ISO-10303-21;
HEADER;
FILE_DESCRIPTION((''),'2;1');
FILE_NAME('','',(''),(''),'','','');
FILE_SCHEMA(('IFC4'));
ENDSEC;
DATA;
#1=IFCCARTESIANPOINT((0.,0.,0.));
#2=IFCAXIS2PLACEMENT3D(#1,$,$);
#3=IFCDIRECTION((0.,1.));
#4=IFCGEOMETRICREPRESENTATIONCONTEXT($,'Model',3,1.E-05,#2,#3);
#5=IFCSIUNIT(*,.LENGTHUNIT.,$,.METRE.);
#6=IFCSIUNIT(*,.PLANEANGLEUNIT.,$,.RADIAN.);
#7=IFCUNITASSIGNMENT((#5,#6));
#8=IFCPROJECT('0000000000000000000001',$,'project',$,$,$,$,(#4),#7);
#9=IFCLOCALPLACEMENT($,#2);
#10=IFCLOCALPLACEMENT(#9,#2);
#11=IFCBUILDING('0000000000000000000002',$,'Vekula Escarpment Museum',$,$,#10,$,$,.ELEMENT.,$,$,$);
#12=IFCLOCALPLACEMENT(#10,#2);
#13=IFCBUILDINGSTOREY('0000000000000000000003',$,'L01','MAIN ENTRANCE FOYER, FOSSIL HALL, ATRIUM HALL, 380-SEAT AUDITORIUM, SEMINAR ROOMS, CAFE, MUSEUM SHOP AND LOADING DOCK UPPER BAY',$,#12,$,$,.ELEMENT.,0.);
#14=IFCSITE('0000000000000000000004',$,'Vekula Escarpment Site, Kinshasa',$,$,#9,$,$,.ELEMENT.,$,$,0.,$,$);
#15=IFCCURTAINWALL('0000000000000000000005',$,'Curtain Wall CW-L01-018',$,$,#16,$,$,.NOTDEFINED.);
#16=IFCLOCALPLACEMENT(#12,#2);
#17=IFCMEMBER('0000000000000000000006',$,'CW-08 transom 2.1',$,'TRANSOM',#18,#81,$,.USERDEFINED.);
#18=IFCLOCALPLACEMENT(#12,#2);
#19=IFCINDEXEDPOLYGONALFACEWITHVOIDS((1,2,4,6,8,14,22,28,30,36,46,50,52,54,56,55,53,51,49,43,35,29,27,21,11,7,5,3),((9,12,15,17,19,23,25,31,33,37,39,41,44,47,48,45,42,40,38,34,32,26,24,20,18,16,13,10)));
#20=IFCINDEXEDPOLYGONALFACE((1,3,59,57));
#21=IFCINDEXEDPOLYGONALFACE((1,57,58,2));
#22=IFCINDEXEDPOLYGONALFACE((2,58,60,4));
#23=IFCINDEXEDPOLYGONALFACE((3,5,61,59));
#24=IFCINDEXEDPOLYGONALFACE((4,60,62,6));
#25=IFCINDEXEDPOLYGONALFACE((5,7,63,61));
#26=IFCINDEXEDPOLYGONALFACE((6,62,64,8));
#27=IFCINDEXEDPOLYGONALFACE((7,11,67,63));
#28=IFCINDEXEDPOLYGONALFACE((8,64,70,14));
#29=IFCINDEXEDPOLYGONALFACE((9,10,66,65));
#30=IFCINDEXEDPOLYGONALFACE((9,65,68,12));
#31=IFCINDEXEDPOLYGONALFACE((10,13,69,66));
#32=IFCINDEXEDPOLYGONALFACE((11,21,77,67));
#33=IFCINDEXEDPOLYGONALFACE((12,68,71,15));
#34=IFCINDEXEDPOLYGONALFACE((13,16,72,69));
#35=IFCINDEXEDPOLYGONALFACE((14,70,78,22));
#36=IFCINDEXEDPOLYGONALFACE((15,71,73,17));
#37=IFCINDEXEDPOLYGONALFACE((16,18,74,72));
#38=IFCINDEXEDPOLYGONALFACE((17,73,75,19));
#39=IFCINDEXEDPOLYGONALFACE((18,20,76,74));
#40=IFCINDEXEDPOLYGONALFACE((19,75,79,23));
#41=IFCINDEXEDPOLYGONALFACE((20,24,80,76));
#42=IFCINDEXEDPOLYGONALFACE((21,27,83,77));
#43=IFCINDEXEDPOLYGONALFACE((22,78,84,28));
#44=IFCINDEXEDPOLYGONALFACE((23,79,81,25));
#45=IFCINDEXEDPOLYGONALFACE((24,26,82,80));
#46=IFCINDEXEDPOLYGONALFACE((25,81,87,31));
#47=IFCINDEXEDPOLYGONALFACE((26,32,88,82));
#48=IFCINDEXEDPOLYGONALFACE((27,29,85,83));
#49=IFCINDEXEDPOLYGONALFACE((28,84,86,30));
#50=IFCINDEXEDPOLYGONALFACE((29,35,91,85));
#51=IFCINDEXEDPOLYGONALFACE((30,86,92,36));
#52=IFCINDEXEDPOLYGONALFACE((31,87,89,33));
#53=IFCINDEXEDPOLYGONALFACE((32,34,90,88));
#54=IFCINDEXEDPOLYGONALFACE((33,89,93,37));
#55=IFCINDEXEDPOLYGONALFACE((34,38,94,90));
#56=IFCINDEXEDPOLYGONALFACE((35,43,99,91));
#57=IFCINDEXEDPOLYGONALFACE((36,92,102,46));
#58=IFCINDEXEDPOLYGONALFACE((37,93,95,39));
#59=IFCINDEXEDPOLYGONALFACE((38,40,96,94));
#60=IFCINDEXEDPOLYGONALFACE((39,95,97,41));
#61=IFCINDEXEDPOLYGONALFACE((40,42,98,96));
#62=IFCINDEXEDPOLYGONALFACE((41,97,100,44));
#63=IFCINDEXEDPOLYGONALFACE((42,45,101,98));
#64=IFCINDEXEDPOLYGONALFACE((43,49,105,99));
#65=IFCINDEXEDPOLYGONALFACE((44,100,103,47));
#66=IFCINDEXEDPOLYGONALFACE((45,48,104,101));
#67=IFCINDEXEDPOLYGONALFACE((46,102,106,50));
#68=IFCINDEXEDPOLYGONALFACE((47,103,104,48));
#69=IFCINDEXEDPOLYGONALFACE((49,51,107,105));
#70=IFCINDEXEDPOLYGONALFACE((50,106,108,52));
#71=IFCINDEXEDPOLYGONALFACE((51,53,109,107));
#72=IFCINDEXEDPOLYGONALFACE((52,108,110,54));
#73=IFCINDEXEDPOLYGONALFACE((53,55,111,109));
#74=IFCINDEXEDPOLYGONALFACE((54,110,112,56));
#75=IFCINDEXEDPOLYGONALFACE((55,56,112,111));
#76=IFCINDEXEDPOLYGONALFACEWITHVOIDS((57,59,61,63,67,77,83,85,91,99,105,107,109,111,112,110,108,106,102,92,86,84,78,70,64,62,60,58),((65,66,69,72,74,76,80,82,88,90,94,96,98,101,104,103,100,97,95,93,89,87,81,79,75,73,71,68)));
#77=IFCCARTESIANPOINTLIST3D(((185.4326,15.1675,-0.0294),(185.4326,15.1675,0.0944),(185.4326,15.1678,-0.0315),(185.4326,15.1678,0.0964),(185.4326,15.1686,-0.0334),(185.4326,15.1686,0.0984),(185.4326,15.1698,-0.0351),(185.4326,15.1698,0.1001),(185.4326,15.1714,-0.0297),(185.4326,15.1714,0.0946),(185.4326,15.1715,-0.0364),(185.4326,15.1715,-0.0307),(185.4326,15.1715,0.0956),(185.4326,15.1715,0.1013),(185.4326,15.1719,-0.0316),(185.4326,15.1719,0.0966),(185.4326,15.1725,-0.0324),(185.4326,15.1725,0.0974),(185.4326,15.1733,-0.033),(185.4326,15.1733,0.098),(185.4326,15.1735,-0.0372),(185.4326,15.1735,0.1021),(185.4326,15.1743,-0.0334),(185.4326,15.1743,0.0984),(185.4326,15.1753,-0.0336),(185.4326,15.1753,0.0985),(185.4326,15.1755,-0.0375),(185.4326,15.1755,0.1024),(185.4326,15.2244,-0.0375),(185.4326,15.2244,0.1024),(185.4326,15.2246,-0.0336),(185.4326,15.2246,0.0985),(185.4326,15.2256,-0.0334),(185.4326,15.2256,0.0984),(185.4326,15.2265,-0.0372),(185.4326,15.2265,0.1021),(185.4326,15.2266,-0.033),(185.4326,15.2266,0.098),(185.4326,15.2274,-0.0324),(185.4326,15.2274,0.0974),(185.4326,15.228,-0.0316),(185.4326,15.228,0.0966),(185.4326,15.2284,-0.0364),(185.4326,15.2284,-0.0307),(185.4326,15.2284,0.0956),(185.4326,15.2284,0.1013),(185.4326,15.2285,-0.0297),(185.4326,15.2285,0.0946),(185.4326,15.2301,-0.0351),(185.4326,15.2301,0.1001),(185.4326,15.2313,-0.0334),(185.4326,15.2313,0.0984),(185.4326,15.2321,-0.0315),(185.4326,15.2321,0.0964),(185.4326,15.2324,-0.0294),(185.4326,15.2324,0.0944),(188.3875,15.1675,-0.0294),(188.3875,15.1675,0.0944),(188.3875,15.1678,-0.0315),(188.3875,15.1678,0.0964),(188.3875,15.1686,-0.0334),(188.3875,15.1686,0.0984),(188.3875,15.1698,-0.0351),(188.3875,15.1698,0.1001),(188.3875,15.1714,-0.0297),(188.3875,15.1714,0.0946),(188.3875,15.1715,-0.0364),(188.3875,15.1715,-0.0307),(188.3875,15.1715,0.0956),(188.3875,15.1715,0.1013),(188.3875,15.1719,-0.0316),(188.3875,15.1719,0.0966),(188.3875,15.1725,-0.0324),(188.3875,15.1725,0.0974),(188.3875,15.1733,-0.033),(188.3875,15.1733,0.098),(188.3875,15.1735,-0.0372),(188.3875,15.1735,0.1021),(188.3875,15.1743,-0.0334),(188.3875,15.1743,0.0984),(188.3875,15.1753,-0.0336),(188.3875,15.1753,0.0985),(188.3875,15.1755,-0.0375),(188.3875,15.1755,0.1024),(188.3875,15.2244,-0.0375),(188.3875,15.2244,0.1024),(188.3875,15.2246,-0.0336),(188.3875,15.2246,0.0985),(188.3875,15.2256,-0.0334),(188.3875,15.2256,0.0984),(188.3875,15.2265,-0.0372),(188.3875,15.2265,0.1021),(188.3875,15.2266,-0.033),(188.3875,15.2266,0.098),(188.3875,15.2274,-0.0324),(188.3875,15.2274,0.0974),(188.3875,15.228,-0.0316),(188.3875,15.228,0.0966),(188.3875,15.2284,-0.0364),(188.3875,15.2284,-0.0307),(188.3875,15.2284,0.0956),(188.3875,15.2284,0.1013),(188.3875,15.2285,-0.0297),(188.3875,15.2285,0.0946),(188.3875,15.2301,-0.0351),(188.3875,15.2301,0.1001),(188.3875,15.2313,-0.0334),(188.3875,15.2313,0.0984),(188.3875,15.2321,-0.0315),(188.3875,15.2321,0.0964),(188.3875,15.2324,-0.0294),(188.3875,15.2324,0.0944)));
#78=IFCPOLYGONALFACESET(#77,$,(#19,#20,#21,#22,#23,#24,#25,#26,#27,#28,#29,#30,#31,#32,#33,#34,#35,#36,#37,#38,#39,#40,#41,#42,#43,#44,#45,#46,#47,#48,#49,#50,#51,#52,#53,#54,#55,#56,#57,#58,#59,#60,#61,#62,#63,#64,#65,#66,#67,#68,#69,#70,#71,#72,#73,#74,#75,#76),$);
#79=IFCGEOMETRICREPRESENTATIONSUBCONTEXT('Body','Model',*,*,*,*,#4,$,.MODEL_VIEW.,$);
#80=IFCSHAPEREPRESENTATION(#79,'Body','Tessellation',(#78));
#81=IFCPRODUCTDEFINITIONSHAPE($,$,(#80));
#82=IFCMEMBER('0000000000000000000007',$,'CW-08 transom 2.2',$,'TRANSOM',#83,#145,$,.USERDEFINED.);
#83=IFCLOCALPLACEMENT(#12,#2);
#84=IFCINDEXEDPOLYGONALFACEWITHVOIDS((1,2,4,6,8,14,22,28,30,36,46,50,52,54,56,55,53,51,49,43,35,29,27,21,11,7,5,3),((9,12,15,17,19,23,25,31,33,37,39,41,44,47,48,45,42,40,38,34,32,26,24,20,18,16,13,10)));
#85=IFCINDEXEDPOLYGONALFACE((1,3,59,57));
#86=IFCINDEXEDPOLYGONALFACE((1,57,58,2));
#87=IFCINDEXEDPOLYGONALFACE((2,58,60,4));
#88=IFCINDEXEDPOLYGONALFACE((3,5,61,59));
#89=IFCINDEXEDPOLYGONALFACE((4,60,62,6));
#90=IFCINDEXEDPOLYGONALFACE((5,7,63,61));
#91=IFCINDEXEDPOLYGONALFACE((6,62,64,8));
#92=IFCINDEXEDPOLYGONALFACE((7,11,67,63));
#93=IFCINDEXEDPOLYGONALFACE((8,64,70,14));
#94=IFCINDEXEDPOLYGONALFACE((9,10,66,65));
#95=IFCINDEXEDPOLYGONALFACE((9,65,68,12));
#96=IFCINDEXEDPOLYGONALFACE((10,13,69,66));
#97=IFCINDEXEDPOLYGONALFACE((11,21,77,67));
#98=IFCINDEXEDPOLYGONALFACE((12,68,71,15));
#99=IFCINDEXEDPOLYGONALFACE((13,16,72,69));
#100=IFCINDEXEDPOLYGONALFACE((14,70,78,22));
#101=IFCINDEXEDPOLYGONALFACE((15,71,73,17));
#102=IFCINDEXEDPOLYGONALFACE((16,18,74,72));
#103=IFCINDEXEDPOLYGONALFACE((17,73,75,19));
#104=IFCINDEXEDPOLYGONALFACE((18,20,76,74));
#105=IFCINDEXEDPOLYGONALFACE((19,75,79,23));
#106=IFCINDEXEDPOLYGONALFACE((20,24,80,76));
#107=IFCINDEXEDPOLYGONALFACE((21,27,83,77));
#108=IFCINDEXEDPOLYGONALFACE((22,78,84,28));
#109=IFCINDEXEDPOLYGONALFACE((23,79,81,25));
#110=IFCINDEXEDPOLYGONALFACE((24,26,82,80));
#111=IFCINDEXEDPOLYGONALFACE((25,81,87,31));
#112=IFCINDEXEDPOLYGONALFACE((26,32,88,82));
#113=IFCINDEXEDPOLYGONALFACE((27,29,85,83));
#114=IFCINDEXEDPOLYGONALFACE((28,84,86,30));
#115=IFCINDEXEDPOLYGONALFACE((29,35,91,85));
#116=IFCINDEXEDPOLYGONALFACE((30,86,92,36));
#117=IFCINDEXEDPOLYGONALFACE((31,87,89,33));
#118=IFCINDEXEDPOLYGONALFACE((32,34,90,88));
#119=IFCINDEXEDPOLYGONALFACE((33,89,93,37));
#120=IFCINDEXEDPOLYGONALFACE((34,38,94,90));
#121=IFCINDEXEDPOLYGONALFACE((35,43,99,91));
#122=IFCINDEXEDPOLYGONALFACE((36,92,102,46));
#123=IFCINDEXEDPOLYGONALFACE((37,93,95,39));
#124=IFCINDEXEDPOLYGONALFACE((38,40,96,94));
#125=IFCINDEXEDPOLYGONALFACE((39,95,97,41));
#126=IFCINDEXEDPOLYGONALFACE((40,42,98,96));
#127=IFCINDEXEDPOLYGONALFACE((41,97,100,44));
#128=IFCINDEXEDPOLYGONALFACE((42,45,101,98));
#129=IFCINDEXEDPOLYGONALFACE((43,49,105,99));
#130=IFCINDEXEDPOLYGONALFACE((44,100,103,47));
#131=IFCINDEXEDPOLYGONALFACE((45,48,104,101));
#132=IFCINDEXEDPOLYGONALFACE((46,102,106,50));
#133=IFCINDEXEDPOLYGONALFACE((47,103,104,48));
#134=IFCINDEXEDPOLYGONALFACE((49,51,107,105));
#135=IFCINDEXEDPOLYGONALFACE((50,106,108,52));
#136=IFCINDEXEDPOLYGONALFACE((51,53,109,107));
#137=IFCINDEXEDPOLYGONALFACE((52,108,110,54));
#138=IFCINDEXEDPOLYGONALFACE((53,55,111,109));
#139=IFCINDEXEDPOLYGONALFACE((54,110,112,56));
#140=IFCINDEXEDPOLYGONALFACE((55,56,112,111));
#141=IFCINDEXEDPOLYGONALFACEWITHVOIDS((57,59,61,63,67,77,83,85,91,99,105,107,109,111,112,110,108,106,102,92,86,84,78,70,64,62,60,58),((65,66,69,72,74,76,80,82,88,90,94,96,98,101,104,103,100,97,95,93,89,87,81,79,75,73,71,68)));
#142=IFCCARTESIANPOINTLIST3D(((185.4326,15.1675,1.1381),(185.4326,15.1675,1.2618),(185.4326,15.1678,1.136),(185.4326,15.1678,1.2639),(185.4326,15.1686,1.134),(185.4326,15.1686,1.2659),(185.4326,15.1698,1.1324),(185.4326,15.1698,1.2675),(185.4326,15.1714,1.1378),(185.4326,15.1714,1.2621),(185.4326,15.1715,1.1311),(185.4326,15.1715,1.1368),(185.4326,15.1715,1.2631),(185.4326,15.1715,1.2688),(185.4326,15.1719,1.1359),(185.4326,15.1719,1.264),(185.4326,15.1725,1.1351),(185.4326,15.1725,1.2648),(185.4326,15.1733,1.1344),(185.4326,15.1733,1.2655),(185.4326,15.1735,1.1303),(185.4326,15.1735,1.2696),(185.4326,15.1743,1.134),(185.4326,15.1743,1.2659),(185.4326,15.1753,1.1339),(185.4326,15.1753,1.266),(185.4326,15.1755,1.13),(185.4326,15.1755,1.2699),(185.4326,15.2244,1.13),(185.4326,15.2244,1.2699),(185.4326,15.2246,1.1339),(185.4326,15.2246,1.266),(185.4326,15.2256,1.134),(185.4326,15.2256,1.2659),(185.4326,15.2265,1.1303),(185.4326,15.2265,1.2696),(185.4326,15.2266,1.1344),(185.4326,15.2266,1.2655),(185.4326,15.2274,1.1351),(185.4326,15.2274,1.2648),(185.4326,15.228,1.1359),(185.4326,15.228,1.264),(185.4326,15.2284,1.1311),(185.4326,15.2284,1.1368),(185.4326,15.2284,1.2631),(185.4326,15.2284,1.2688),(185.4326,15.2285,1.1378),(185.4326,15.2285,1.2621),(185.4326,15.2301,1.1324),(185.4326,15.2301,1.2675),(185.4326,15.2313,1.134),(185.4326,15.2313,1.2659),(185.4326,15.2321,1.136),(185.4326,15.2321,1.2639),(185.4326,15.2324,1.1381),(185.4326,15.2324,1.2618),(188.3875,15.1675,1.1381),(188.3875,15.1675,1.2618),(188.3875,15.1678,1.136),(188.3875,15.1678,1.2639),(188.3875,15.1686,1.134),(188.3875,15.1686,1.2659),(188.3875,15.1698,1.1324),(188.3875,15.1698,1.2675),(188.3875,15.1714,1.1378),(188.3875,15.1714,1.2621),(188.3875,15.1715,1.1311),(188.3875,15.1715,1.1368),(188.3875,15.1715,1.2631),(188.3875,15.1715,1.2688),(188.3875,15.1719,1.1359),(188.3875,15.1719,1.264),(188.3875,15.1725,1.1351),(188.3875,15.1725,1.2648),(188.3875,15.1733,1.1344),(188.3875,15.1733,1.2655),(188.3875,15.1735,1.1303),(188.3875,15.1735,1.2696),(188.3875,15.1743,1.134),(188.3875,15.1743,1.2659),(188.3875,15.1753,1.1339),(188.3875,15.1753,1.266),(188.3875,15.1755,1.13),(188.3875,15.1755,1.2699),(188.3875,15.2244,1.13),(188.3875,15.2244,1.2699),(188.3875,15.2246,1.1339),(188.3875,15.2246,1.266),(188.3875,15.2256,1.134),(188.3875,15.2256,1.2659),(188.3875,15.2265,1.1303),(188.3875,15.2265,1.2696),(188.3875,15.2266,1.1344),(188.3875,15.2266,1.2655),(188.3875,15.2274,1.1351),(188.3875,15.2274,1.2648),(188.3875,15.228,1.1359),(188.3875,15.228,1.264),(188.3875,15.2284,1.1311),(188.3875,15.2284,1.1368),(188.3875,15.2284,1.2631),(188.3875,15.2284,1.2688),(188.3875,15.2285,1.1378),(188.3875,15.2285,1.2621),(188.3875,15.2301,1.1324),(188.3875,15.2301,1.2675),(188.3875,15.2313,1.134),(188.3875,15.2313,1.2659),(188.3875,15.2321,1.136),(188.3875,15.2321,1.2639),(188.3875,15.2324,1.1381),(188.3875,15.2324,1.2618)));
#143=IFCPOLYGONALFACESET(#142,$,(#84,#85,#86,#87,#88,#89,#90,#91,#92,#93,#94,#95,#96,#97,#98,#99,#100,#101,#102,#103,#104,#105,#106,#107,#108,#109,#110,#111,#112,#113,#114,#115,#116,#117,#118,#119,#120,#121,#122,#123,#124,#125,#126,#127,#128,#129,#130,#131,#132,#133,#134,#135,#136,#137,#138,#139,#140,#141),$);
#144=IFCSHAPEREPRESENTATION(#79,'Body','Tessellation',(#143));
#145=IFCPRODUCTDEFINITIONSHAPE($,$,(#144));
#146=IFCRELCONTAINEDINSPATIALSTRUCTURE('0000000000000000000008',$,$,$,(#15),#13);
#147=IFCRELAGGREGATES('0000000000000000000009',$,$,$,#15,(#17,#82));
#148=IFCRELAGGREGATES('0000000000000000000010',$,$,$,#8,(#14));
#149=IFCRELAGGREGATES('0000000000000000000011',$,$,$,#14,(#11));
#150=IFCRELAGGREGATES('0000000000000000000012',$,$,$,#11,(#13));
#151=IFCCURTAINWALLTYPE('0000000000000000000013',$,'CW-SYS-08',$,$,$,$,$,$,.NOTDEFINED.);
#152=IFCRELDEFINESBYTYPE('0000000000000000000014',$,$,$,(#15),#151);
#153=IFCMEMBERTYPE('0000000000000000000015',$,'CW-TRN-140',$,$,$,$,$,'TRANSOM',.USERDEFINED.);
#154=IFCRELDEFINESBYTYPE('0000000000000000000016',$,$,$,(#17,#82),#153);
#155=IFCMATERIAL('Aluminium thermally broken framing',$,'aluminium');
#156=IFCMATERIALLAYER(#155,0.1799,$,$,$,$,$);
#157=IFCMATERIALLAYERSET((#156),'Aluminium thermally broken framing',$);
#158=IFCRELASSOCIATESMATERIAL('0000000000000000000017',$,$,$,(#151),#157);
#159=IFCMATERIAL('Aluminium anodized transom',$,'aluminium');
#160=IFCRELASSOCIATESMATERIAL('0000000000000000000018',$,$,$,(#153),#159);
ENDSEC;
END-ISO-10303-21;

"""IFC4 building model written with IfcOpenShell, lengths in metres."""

from ifc_helpers import new_model, si_unit, direction, frame, origin, origin_2d, place, context, subcontext, project, spatial, hollow_rectangle, extrude, material, layer, layer_set, material_profile, profile_set, type_object, element, aggregate, save


model = new_model("IFC4")

# Units and contexts
model_context = context("Model", 3, precision=1e-05, world=origin(), true_north=direction((0.0, 1.0)))
body_context = subcontext(model_context, "Body", "Model", "MODEL_VIEW")
ifc_project = project(units=[si_unit("LENGTHUNIT", "METRE"), si_unit("PLANEANGLEUNIT", "RADIAN")], contexts=[model_context])

# Site, building, storey
site_placement = place(None, origin())
site = spatial("IfcSite", under=ifc_project, at=site_placement, Name="Vekula Escarpment Site, Kinshasa", CompositionType="ELEMENT", RefElevation=0.0)
building_placement = place(site_placement, origin())
building = spatial("IfcBuilding", under=site, at=building_placement, Name="Vekula Escarpment Museum", CompositionType="ELEMENT")
storey_placement = place(building_placement, origin())
storey = spatial("IfcBuildingStorey", under=building, at=storey_placement, Name="L01", Description="MAIN ENTRANCE FOYER, FOSSIL HALL, ATRIUM HALL, 380-SEAT AUDITORIUM, SEMINAR ROOMS, CAFE, MUSEUM SHOP AND LOADING DOCK UPPER BAY", CompositionType="ELEMENT", Elevation=0.0)

# Curtain wall, members
ifc_material_1 = material(Name="Aluminium thermally broken framing", Category="aluminium")
ifc_layer_1 = layer(ifc_material_1, 0.1799)
ifc_layer_set_1 = layer_set([ifc_layer_1], Name="Aluminium thermally broken framing")
curtain_wall_type = type_object("IfcCurtainWallType", Name="CW-SYS-08", PredefinedType="NOTDEFINED", material=ifc_layer_set_1)
curtain_wall_placement = place(storey_placement, origin())
curtain_wall = element("IfcCurtainWall", 1, at=curtain_wall_placement, inside=storey, type_object=curtain_wall_type, Name="Curtain Wall CW-L01-018", PredefinedType="NOTDEFINED")
ifc_material_2 = material(Name="Aluminium anodized transom", Category="aluminium")
ifc_material_profile_1 = material_profile(ifc_material_2, hollow_rectangle(XDim=0.0649, YDim=0.1399, WallThickness=0.0039, InnerFilletRadius=0.0039, OuterFilletRadius=0.0081, at=origin_2d()), Name="ALU 140x65x4")
ifc_profile_set_1 = profile_set([ifc_material_profile_1], Name="Aluminium anodized transom")
member_type_1 = type_object("IfcMemberType", Name="CW-TRN-140", ElementType="TRANSOM", PredefinedType="USERDEFINED", material=ifc_profile_set_1)
member_1_placement = place(storey_placement, frame((188.3875, 15.2, 0.0325), z_axis=(-1.0, 0.0, 0.0), x_axis=(0.0, -1.0, 0.0)))
member_1 = element("IfcMember", 2, at=member_1_placement, type_object=member_type_1, Name="CW-08 transom 2.1", ObjectType="TRANSOM", PredefinedType="USERDEFINED", context=body_context, shape_type="SweptSolid", body=[
    extrude(hollow_rectangle(XDim=0.0649, YDim=0.1399, WallThickness=0.0039, InnerFilletRadius=0.0039, OuterFilletRadius=0.0081, at=origin_2d()), origin(), (0.0, 0.0, 1.0), 2.9548),
])
member_2_placement = place(storey_placement, frame((188.3875, 15.2, 1.2), z_axis=(-1.0, 0.0, 0.0), x_axis=(0.0, -1.0, 0.0)))
member_2 = element("IfcMember", 3, at=member_2_placement, type_object=member_type_1, Name="CW-08 transom 2.2", ObjectType="TRANSOM", PredefinedType="USERDEFINED", context=body_context, shape_type="SweptSolid", body=[
    extrude(hollow_rectangle(XDim=0.0649, YDim=0.1399, WallThickness=0.0039, InnerFilletRadius=0.0039, OuterFilletRadius=0.0081, at=origin_2d()), origin(), (0.0, 0.0, 1.0), 2.9548),
])
aggregate(curtain_wall, [member_1, member_2])

save(model, "model.ifc")
